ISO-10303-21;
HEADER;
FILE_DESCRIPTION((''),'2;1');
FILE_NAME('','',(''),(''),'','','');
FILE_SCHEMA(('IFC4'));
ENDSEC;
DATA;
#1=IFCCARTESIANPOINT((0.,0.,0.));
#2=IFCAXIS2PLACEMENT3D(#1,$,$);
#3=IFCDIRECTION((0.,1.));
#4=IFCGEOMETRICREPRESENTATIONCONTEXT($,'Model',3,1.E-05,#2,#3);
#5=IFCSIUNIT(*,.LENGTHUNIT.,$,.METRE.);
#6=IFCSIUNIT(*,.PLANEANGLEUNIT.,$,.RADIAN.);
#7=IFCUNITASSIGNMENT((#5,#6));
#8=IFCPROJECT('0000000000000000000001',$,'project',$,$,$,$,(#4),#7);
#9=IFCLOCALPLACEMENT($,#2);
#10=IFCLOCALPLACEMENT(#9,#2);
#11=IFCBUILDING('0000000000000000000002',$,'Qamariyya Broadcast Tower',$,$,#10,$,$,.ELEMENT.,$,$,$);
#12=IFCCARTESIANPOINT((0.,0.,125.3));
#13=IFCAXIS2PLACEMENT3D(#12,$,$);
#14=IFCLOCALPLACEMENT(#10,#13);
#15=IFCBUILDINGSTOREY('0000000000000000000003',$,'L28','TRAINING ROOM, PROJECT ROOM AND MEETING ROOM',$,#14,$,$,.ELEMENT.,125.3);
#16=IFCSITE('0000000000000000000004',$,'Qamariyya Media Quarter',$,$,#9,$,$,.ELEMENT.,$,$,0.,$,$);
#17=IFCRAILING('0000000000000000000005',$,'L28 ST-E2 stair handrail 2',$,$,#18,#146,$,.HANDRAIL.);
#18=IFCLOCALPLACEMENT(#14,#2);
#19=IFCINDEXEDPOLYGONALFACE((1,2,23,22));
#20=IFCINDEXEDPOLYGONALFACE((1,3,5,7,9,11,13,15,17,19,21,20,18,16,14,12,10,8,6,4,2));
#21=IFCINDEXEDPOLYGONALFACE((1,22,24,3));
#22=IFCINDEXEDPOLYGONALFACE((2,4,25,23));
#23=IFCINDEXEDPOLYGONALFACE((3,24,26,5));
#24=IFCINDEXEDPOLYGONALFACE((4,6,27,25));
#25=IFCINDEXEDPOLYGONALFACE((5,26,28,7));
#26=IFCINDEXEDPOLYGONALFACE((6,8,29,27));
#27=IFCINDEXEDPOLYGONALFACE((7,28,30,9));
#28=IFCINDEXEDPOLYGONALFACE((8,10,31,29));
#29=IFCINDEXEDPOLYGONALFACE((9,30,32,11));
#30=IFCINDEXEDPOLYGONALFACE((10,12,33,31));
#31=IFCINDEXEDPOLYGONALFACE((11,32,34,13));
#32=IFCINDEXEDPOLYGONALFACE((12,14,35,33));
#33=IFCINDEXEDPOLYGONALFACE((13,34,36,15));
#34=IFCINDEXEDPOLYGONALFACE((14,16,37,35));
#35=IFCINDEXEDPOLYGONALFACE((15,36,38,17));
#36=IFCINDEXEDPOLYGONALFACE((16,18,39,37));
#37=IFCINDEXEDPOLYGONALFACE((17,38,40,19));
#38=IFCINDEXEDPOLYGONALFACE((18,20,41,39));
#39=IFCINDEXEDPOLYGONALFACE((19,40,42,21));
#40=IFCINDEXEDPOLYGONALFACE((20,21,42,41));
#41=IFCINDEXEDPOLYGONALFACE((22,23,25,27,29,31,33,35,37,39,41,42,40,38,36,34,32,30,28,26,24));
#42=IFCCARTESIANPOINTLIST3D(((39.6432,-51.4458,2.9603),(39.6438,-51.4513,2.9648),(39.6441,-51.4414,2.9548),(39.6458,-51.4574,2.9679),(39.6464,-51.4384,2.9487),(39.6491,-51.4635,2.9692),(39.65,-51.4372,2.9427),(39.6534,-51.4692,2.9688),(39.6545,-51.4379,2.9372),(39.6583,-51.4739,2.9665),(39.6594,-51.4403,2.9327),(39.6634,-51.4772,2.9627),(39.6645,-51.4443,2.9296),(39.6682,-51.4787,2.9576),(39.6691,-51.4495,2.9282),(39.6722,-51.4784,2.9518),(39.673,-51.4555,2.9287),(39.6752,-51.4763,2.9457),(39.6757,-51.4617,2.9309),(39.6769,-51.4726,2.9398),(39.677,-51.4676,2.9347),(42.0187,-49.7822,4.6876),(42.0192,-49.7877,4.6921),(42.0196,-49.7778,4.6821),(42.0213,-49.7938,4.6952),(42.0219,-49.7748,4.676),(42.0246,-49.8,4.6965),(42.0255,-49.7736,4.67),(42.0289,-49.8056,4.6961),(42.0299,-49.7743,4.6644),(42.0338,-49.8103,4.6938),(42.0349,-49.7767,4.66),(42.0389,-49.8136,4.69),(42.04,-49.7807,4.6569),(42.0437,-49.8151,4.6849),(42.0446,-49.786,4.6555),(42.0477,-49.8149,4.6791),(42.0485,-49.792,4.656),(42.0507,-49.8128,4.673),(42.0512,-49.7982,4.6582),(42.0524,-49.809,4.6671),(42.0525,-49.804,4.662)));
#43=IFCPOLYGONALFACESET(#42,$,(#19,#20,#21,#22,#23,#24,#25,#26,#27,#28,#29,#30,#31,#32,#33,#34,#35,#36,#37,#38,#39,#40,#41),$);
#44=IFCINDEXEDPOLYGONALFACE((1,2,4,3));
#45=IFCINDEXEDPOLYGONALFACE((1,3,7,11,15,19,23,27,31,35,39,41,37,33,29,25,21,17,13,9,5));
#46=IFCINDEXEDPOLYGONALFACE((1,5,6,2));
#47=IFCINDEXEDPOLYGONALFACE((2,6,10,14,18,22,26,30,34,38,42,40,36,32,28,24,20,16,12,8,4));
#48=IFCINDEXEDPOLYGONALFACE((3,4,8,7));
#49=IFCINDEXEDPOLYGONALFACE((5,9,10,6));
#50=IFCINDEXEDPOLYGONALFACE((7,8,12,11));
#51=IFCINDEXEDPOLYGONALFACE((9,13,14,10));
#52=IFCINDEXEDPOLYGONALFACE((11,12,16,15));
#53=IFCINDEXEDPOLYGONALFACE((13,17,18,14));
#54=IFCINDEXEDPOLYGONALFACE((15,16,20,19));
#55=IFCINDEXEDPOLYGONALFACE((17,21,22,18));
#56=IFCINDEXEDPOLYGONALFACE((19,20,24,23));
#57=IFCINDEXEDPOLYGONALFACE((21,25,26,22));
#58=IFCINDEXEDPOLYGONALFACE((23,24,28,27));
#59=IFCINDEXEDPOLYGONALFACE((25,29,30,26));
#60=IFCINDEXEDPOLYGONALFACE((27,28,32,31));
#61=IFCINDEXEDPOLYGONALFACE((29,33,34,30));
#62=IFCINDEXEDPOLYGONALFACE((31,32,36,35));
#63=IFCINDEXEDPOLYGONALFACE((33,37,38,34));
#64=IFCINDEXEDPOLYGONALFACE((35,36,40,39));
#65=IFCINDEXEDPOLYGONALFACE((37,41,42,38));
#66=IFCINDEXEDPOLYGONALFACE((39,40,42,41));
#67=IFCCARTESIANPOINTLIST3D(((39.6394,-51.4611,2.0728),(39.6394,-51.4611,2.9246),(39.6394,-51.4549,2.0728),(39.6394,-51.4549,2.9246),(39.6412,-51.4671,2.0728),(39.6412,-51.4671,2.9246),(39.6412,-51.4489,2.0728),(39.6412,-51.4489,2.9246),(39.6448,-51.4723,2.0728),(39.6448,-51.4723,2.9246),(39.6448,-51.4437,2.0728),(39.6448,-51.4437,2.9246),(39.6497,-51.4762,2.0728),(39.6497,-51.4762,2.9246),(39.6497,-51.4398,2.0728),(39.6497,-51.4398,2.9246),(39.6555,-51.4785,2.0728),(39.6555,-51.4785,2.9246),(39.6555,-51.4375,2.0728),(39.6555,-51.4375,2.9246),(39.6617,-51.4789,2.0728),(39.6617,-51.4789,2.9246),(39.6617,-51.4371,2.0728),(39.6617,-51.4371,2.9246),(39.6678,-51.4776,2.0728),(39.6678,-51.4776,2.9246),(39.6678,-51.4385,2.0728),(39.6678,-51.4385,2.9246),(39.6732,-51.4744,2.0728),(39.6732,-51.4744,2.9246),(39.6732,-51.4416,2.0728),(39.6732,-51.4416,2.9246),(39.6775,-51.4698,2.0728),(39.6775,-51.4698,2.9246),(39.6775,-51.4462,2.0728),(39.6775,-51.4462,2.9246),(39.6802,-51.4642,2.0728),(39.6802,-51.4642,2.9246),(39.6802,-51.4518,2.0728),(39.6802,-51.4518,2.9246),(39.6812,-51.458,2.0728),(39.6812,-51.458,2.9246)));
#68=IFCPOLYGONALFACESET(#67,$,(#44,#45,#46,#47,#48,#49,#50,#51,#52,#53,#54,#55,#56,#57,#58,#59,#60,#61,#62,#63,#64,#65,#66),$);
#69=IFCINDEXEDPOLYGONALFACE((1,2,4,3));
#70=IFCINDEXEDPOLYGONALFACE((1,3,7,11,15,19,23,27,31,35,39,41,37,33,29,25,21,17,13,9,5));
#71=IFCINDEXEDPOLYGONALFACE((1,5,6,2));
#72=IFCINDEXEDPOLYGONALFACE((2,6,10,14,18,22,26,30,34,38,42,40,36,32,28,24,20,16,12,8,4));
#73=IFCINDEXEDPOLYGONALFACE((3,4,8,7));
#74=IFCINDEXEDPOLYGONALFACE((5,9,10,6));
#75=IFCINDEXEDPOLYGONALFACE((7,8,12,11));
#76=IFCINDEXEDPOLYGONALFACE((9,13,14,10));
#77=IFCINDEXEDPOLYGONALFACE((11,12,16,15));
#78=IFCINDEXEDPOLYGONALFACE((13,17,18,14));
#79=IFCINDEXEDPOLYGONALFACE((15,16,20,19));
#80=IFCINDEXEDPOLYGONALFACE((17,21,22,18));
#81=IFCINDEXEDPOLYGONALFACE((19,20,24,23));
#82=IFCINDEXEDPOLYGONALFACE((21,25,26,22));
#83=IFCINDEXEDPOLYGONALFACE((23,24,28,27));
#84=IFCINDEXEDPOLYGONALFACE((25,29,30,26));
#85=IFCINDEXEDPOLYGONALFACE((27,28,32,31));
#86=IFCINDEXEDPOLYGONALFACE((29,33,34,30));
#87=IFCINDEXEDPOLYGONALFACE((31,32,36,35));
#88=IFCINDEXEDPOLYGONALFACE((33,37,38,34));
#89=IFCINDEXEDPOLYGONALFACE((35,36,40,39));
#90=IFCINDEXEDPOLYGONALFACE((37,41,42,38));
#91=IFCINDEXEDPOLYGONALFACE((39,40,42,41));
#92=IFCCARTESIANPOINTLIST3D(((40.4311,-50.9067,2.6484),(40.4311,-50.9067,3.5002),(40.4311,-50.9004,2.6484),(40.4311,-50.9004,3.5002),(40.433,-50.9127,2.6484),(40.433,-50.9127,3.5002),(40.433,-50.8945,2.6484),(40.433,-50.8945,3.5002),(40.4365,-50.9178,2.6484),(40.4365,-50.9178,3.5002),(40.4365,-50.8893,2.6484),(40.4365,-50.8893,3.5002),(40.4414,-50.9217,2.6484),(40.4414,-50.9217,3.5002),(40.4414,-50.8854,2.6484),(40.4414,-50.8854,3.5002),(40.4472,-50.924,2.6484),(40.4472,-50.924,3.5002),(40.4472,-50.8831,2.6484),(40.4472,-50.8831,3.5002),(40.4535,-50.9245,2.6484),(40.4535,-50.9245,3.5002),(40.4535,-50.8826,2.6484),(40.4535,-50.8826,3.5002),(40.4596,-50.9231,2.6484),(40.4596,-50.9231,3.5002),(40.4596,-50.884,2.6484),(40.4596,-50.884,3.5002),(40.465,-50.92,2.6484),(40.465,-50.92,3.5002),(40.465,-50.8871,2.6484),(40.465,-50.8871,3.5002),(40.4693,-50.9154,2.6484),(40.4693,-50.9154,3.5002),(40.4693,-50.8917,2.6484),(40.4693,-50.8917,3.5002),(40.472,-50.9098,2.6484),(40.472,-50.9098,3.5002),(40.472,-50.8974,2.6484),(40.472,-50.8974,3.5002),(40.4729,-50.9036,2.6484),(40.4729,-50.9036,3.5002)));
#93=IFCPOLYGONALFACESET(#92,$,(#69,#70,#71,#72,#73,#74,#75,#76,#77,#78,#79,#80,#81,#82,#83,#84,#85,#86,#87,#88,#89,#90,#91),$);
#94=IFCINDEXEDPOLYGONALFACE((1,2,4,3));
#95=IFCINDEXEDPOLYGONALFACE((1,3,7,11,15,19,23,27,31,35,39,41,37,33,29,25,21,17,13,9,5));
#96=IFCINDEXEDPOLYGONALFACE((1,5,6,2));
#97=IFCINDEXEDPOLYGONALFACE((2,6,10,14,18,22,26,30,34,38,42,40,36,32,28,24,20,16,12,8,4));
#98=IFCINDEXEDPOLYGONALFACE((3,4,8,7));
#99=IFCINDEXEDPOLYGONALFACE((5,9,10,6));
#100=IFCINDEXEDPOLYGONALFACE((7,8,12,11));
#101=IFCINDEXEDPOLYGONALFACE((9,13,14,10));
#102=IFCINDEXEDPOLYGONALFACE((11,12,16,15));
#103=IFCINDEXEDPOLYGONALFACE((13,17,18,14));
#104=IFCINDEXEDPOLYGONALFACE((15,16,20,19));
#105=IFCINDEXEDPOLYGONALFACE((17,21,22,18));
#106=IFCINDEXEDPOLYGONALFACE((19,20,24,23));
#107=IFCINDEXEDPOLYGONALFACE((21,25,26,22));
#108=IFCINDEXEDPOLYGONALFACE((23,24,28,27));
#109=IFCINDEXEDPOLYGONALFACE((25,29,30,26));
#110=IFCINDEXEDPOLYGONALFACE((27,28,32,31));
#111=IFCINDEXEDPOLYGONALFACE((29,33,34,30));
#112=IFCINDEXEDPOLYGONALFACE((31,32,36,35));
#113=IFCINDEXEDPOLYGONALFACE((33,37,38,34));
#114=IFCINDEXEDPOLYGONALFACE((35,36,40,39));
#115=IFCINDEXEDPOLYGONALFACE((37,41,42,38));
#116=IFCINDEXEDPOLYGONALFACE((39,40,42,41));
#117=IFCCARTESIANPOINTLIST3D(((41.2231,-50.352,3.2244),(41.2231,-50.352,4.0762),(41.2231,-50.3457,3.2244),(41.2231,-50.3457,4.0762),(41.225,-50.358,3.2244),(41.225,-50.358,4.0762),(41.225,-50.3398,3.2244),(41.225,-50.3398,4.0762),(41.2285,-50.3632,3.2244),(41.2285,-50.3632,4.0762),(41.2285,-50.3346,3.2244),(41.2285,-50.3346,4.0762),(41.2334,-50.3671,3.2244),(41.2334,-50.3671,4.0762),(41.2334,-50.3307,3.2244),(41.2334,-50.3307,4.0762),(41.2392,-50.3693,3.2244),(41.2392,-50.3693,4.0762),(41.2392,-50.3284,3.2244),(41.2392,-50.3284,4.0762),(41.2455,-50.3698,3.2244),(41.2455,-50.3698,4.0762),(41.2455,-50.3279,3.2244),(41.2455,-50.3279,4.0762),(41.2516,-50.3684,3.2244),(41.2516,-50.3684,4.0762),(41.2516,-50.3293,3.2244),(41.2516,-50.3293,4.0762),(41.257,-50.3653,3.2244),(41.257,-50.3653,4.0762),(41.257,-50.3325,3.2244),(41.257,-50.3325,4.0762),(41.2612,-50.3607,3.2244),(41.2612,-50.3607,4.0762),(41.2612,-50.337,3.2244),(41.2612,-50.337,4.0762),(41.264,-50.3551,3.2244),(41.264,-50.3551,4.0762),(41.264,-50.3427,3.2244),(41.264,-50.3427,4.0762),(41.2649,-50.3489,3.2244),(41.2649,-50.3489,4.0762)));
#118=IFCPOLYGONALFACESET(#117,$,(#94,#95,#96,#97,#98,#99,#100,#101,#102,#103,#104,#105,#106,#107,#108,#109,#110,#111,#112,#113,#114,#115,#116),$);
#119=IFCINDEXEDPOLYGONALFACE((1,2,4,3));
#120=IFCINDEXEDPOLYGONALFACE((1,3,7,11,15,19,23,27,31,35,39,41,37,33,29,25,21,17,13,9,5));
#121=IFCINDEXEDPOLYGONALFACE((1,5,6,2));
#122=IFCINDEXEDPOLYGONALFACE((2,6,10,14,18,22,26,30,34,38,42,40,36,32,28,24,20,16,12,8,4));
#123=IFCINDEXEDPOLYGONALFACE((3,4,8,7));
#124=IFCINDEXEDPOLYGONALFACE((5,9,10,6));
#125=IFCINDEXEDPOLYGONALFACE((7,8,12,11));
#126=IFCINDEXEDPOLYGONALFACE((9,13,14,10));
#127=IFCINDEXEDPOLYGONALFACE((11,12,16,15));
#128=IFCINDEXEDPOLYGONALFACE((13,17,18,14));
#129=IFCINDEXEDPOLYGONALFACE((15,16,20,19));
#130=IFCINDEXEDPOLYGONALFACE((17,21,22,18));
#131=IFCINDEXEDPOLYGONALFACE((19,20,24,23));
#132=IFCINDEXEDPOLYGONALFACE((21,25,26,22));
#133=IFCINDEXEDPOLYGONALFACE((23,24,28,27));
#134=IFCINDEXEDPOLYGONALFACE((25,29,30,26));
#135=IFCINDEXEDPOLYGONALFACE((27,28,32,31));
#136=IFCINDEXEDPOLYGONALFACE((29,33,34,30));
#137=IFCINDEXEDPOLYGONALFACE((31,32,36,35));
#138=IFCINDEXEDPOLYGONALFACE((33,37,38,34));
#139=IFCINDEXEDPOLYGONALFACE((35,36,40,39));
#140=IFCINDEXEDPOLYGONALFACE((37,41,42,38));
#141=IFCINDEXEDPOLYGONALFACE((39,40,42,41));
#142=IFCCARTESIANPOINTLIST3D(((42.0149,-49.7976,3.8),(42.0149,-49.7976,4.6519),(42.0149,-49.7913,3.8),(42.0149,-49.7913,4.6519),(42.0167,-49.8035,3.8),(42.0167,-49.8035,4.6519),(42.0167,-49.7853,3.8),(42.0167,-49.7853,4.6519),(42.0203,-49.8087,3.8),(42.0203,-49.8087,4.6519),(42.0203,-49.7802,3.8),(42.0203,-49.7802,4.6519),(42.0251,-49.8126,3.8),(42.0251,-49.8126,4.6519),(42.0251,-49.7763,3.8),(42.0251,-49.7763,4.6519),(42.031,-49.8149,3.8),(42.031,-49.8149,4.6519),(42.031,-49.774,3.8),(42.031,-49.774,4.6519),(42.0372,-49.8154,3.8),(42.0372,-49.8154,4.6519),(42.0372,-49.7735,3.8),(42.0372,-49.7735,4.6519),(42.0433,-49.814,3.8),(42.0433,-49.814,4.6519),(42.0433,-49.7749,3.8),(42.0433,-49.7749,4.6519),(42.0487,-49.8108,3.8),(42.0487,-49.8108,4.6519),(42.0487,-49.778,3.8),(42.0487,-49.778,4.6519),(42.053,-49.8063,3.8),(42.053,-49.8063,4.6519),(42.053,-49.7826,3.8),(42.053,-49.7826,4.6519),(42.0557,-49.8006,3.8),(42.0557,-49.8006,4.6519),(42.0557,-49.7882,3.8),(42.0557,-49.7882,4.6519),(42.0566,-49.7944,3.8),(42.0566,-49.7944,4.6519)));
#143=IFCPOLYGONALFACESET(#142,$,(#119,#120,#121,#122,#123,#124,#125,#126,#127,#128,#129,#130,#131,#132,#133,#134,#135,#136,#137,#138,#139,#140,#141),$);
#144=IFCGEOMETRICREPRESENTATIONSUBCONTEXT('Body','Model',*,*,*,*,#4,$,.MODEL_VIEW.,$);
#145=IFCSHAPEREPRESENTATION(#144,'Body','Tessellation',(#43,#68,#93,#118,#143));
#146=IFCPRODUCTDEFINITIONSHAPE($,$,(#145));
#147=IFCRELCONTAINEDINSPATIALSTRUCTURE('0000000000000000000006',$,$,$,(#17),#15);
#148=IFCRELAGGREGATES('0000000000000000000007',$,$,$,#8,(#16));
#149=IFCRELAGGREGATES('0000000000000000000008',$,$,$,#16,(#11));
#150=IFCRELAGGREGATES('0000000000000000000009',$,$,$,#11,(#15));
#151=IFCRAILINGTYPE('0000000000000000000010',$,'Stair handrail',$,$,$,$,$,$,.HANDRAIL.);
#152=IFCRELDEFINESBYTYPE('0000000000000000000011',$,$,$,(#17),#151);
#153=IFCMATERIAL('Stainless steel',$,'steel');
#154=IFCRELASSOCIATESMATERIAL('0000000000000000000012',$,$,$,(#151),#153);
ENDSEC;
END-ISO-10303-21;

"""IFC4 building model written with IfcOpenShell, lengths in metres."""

from ifc_helpers import new_model, si_unit, direction, frame, origin, origin_2d, place, context, subcontext, project, spatial, circle, extrude, material, type_object, element, save


model = new_model("IFC4")

# Units and contexts
model_context = context("Model", 3, precision=1e-05, world=origin(), true_north=direction((0.0, 1.0)))
body_context = subcontext(model_context, "Body", "Model", "MODEL_VIEW")
ifc_project = project(units=[si_unit("LENGTHUNIT", "METRE"), si_unit("PLANEANGLEUNIT", "RADIAN")], contexts=[model_context])

# Site, building, storey
site_placement = place(None, origin())
site = spatial("IfcSite", under=ifc_project, at=site_placement, Name="Qamariyya Media Quarter", CompositionType="ELEMENT", RefElevation=0.0)
building_placement = place(site_placement, origin())
building = spatial("IfcBuilding", under=site, at=building_placement, Name="Qamariyya Broadcast Tower", CompositionType="ELEMENT")
storey_placement = place(building_placement, frame((0.0, 0.0, 125.3)))
storey = spatial("IfcBuildingStorey", under=building, at=storey_placement, Name="L28", Description="TRAINING ROOM, PROJECT ROOM AND MEETING ROOM", CompositionType="ELEMENT", Elevation=125.3)

# Railing
ifc_material_1 = material(Name="Stainless steel", Category="steel")
railing_type_1 = type_object("IfcRailingType", Name="Stair handrail", PredefinedType="HANDRAIL", material=ifc_material_1)
railing_1_placement = place(storey_placement, frame((39.6602, -51.458, 2.0728)))
element("IfcRailing", 1, at=railing_1_placement, inside=storey, type_object=railing_type_1, Name="L28 ST-E2 stair handrail 2", PredefinedType="HANDRAIL", context=body_context, shape_type="SweptSolid", body=[
    extrude(circle(Radius=0.0239, at=origin_2d()), frame((0.0, 0.0, 0.876), z_axis=(0.703745, 0.492838, 0.511716), x_axis=(-0.573632, 0.819113, 0.0)), (0.0, 0.0, 1.0), 3.3755),
    extrude(circle(Radius=0.021, at=origin_2d()), origin(), (0.0, 0.0, 1.0), 0.8518),
    extrude(circle(Radius=0.021, at=origin_2d()), frame((0.7917, 0.5544, 0.5757)), (0.0, 0.0, 1.0), 0.8518),
    extrude(circle(Radius=0.021, at=origin_2d()), frame((1.5837, 1.1091, 1.1516)), (0.0, 0.0, 1.0), 0.8518),
    extrude(circle(Radius=0.021, at=origin_2d()), frame((2.3755, 1.6636, 1.7273)), (0.0, 0.0, 1.0), 0.8518),
])

save(model, "model.ifc")
